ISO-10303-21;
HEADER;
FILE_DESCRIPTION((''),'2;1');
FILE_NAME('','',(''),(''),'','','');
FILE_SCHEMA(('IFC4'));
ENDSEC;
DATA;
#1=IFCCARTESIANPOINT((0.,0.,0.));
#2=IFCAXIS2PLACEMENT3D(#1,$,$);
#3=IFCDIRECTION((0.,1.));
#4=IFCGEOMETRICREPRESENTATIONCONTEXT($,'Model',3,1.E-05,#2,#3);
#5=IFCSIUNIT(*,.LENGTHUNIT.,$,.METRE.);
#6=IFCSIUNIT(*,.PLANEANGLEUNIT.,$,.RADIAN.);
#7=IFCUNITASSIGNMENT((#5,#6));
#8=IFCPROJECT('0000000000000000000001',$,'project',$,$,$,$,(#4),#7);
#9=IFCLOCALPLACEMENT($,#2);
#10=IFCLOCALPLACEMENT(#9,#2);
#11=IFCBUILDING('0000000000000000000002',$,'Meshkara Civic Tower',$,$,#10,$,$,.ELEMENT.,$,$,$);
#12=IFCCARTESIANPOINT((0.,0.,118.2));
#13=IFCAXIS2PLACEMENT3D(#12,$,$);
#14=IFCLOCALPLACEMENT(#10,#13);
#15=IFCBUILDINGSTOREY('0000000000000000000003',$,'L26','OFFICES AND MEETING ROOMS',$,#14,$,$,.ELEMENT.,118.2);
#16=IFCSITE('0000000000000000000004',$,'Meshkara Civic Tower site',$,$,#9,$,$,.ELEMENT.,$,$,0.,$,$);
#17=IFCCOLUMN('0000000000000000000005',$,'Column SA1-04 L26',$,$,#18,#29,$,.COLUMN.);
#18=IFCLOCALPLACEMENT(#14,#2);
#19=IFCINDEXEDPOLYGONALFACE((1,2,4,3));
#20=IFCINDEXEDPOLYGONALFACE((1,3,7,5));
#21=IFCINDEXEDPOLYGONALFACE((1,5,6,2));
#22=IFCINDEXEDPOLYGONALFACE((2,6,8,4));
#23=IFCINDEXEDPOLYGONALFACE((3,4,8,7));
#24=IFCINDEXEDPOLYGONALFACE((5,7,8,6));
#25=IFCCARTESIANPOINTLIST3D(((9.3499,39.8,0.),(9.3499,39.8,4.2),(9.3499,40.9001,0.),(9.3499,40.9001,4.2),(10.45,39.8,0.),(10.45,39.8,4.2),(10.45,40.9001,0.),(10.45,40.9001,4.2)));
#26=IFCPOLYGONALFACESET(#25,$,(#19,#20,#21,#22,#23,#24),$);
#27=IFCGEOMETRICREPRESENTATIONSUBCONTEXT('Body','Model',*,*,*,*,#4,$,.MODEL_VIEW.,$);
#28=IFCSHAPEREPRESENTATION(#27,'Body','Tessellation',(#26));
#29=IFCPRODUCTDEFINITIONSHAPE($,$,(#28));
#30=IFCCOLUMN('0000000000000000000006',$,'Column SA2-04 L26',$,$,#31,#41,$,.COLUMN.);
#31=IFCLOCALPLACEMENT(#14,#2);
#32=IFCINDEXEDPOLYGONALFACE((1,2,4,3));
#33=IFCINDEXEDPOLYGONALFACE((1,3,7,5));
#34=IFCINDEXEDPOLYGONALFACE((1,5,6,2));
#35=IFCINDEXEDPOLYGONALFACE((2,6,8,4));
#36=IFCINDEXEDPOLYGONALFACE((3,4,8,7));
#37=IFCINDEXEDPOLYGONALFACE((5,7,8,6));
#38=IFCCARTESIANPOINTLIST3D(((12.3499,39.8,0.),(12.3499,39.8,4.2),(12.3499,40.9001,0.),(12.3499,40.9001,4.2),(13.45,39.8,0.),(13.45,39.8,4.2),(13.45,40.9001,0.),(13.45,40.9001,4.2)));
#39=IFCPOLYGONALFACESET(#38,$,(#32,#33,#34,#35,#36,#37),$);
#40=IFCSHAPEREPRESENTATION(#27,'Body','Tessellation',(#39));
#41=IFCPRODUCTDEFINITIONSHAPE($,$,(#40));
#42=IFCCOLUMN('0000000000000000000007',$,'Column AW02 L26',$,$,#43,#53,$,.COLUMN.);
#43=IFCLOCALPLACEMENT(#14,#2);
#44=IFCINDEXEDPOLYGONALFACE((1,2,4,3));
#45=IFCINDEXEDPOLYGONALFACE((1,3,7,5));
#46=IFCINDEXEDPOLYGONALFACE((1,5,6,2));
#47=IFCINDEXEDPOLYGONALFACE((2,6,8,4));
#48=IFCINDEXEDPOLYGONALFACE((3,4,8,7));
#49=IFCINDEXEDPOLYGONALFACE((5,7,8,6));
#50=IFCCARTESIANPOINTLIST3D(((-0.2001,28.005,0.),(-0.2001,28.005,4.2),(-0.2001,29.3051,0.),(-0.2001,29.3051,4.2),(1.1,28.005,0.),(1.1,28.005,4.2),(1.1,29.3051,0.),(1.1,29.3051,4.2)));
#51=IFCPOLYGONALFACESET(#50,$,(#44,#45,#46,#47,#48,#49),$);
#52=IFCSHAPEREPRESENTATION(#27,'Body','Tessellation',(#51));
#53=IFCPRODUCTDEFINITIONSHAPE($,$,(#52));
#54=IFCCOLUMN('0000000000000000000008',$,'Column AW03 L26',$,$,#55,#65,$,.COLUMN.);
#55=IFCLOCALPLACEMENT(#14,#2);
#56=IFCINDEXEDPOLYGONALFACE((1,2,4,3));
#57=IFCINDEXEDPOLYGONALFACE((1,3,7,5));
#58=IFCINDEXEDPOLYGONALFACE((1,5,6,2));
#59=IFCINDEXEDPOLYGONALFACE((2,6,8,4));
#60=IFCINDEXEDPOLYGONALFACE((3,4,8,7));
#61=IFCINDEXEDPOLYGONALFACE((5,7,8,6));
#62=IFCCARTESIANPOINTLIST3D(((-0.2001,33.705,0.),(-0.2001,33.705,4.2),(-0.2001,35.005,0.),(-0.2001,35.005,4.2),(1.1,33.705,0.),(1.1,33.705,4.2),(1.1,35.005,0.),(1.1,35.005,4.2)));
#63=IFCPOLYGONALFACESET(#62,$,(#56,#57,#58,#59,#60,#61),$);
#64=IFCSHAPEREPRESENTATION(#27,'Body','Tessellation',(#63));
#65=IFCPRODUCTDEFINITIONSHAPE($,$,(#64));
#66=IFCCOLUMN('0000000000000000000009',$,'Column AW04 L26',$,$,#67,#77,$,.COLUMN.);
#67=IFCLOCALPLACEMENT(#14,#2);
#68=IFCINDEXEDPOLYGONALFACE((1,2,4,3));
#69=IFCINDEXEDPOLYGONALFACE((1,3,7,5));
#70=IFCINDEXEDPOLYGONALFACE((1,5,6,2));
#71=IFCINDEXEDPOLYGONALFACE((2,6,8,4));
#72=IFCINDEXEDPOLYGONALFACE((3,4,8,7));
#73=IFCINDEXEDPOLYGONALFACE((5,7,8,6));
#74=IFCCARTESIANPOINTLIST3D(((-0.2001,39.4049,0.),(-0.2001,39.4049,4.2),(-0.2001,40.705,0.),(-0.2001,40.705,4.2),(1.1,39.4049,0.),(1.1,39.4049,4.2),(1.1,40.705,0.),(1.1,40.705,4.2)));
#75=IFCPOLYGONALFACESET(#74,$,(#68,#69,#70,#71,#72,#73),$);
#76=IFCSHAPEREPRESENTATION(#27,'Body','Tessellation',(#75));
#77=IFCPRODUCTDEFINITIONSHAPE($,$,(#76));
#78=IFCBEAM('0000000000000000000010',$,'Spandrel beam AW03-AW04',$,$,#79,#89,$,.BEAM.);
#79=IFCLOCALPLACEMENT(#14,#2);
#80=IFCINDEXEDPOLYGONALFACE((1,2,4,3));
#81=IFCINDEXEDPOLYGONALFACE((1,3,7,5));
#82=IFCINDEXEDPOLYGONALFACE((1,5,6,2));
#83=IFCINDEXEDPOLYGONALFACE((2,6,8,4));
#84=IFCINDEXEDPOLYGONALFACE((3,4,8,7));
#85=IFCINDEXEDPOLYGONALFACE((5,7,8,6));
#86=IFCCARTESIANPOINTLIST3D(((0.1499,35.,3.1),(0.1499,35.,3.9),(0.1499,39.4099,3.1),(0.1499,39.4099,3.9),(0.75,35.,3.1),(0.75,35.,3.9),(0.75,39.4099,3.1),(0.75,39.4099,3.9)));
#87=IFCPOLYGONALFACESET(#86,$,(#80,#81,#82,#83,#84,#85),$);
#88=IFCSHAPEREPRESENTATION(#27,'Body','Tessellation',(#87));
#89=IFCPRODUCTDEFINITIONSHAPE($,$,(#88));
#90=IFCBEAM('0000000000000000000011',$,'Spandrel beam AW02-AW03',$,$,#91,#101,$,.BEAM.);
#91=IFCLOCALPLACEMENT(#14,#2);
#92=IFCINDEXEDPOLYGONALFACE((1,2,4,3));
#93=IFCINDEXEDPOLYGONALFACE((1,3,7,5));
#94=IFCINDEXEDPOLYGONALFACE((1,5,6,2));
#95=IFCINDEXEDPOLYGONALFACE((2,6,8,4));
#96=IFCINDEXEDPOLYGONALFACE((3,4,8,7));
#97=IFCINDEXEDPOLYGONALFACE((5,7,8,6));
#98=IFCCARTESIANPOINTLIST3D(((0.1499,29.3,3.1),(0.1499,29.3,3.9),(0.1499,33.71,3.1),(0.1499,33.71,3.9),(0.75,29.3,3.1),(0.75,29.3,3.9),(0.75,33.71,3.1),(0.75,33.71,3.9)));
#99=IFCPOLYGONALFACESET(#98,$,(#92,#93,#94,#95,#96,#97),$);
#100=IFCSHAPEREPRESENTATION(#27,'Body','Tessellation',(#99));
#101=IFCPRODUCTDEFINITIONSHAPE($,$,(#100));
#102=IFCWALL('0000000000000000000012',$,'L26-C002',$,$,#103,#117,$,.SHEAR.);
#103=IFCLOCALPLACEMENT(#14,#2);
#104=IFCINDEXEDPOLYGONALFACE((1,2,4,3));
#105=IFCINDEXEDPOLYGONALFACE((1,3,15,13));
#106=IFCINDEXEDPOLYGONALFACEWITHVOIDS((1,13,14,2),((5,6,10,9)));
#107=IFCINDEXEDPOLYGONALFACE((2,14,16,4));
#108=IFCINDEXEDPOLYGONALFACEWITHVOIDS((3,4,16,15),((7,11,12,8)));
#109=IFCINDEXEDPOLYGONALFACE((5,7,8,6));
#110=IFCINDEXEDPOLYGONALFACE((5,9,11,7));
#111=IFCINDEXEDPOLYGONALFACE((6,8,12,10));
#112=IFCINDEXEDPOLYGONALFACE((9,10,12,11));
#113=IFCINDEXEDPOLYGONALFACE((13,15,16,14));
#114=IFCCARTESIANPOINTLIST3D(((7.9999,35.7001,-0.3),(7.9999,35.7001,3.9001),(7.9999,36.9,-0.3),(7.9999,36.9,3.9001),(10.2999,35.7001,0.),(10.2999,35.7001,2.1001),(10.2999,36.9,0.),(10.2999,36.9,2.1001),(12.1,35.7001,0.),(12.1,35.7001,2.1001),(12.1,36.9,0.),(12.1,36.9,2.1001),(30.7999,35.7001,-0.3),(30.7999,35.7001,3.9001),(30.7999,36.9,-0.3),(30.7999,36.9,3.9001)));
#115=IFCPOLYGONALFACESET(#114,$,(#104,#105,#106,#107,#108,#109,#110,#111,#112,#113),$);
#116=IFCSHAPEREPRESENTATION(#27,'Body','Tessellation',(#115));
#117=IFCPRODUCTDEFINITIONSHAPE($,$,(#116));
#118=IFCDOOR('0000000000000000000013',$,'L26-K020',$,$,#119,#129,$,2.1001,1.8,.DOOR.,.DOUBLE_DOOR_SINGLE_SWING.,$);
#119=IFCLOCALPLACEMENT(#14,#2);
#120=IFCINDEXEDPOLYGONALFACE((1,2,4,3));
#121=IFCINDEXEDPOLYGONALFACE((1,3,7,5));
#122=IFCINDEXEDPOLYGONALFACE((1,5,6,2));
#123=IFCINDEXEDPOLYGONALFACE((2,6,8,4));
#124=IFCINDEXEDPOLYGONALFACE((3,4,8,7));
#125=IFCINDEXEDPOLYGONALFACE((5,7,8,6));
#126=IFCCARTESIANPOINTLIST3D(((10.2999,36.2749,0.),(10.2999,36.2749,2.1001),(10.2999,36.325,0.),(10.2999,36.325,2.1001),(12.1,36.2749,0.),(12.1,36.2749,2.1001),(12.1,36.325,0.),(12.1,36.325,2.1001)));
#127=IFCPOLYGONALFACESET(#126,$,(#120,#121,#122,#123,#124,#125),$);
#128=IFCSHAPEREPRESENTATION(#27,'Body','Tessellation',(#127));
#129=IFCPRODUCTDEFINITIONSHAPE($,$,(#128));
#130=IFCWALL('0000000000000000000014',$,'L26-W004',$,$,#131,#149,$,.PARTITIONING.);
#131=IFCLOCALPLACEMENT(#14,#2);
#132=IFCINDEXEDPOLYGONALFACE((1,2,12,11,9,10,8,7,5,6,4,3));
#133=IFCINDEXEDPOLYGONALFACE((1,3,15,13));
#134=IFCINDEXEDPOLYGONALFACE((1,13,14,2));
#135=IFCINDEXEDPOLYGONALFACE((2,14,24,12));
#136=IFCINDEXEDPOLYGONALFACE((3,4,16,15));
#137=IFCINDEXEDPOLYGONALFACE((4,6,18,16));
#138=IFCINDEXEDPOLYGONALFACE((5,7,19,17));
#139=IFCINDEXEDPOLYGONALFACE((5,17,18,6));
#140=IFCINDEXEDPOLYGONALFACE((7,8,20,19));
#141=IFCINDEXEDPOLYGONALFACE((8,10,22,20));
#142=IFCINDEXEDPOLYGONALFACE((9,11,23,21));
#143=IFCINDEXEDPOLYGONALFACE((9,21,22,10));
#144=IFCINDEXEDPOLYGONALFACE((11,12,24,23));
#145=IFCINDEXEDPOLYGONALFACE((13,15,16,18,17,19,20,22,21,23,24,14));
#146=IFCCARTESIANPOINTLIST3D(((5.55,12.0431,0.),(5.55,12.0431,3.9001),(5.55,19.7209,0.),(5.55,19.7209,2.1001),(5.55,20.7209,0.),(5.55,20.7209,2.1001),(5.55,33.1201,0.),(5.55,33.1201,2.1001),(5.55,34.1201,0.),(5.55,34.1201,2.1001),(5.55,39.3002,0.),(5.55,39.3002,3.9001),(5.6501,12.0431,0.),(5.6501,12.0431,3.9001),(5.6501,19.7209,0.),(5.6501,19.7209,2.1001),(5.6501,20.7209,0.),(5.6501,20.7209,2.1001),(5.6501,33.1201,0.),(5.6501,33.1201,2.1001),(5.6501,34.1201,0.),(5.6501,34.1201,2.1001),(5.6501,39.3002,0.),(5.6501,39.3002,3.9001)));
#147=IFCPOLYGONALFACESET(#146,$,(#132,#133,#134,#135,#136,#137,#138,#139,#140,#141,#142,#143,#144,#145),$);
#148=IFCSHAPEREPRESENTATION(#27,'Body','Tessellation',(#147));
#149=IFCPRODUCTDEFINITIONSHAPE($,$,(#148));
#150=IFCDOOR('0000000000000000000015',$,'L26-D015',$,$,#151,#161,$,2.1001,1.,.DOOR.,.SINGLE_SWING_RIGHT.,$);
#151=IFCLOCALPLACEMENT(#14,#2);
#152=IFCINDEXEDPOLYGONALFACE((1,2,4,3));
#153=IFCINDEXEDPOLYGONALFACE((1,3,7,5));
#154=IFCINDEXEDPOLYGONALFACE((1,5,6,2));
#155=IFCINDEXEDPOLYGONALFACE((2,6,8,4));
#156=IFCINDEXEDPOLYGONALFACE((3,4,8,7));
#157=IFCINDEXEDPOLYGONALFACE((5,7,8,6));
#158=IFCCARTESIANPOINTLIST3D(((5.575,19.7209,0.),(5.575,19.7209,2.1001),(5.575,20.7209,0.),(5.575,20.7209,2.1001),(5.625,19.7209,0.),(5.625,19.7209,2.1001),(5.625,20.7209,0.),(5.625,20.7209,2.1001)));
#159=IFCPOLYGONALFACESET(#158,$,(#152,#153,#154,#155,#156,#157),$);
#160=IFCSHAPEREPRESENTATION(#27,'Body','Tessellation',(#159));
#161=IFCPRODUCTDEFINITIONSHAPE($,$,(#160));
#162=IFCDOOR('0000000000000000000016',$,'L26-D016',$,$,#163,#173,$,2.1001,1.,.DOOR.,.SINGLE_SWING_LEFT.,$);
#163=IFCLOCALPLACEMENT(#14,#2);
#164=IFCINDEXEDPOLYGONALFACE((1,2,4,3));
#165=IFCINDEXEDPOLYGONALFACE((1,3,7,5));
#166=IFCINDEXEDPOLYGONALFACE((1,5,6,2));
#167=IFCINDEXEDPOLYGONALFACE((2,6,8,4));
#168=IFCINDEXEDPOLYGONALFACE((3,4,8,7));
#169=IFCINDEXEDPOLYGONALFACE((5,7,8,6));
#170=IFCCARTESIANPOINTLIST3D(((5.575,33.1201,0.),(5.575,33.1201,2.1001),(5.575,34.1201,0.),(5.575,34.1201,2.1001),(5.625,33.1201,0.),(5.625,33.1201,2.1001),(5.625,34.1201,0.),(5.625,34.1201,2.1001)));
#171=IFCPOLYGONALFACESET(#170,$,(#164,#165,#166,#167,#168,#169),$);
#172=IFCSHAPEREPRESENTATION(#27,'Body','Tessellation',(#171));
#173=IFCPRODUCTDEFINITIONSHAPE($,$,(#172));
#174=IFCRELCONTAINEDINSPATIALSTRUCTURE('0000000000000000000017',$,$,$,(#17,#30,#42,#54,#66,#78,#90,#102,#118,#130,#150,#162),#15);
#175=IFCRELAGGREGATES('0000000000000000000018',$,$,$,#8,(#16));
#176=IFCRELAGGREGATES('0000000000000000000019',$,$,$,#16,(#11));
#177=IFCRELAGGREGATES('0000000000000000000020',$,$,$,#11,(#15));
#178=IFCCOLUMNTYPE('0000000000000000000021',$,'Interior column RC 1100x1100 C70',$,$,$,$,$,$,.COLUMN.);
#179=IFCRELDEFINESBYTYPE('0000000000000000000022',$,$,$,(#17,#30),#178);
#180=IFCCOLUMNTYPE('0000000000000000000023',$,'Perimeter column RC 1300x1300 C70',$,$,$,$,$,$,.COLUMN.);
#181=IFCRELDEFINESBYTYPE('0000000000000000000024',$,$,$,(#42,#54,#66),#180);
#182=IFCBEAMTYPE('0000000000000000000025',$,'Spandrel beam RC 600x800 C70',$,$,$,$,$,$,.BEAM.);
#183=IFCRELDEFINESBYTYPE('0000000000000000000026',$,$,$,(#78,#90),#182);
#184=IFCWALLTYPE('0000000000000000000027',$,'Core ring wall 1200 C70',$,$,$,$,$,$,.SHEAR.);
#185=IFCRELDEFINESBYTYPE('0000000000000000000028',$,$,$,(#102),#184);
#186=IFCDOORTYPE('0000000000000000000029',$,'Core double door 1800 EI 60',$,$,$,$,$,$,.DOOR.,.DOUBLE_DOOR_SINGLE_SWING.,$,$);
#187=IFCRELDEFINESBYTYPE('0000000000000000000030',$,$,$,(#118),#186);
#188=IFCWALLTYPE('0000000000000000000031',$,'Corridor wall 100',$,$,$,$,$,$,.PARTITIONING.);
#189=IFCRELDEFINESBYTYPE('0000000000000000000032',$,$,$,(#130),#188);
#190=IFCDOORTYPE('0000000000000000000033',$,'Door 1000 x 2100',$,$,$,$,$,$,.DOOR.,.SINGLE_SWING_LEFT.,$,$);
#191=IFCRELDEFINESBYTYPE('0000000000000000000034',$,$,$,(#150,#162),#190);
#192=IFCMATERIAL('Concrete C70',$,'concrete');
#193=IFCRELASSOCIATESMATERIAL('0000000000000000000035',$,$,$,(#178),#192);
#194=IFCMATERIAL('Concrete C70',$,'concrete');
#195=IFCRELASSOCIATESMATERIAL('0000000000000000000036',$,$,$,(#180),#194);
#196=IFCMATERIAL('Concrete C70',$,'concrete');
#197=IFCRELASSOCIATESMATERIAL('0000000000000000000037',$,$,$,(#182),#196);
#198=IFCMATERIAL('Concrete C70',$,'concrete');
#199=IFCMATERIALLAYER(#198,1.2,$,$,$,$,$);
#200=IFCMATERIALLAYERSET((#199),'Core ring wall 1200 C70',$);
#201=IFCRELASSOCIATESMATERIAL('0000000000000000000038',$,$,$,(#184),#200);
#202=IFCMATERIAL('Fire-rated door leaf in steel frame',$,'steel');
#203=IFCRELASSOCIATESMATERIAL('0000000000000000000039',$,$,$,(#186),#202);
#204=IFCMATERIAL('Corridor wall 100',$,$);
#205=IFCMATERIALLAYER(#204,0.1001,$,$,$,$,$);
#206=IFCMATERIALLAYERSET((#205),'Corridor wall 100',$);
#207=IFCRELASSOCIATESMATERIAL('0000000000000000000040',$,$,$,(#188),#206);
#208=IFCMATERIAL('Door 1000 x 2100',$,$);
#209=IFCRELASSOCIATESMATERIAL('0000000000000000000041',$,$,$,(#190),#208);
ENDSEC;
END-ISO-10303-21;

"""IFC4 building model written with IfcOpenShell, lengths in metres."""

from ifc_helpers import new_model, si_unit, direction, frame, frame_2d, origin, origin_2d, place, context, subcontext, project, spatial, rectangle, extrude, material, layer, layer_set, material_profile, profile_set, type_object, element, fill, save


model = new_model("IFC4")

# Units and contexts
model_context = context("Model", 3, precision=1e-05, world=origin(), true_north=direction((0.0, 1.0)))
body_context = subcontext(model_context, "Body", "Model", "MODEL_VIEW")
ifc_project = project(units=[si_unit("LENGTHUNIT", "METRE"), si_unit("PLANEANGLEUNIT", "RADIAN")], contexts=[model_context])

# Site, building, storey
site_placement = place(None, origin())
site = spatial("IfcSite", under=ifc_project, at=site_placement, Name="Meshkara Civic Tower site", CompositionType="ELEMENT", RefElevation=0.0)
building_placement = place(site_placement, origin())
building = spatial("IfcBuilding", under=site, at=building_placement, Name="Meshkara Civic Tower", CompositionType="ELEMENT")
storey_placement = place(building_placement, frame((0.0, 0.0, 118.2)))
storey = spatial("IfcBuildingStorey", under=building, at=storey_placement, Name="L26", Description="OFFICES AND MEETING ROOMS", CompositionType="ELEMENT", Elevation=118.2)

# Columns
ifc_material_1 = material(Name="Concrete C70", Category="concrete")
ifc_material_profile_1 = material_profile(ifc_material_1, rectangle(XDim=1.1001, YDim=1.1001, at=origin_2d()))
ifc_profile_set_1 = profile_set([ifc_material_profile_1], Name="Concrete C70")
column_type_1 = type_object("IfcColumnType", Name="Interior column RC 1100x1100 C70", PredefinedType="COLUMN", material=ifc_profile_set_1)
for number, where, z_axis, x_axis, name in (
    (1, (9.8999, 40.3501, 0.0), (0.0, 0.0, 1.0), (1.0, 0.0, 0.0), "Column SA1-04 L26"),
    (2, (12.8999, 40.3501, 0.0), (0.0, 0.0, 1.0), (1.0, 0.0, 0.0), "Column SA2-04 L26"),
):
    element("IfcColumn", number, at=place(storey_placement, frame(where, z_axis=z_axis, x_axis=x_axis)), inside=storey, type_object=column_type_1, Name=name, PredefinedType="COLUMN", context=body_context, shape_type="SweptSolid", body=[
        extrude(rectangle(XDim=1.1001, YDim=1.1001, at=origin_2d()), origin(), (0.0, 0.0, 1.0), 4.2),
    ])
ifc_material_2 = material(Name="Concrete C70", Category="concrete")
ifc_material_profile_2 = material_profile(ifc_material_2, rectangle(XDim=1.3, YDim=1.3, at=origin_2d()))
ifc_profile_set_2 = profile_set([ifc_material_profile_2], Name="Concrete C70")
column_type_2 = type_object("IfcColumnType", Name="Perimeter column RC 1300x1300 C70", PredefinedType="COLUMN", material=ifc_profile_set_2)
for number, where, z_axis, x_axis, name in (
    (3, (0.45, 28.655, 0.0), (0.0, 0.0, 1.0), (1.0, 0.0, 0.0), "Column AW02 L26"),
    (4, (0.45, 34.355, 0.0), (0.0, 0.0, 1.0), (1.0, 0.0, 0.0), "Column AW03 L26"),
    (5, (0.45, 40.0549, 0.0), (0.0, 0.0, 1.0), (1.0, 0.0, 0.0), "Column AW04 L26"),
):
    element("IfcColumn", number, at=place(storey_placement, frame(where, z_axis=z_axis, x_axis=x_axis)), inside=storey, type_object=column_type_2, Name=name, PredefinedType="COLUMN", context=body_context, shape_type="SweptSolid", body=[
        extrude(rectangle(XDim=1.3, YDim=1.3, at=origin_2d()), origin(), (0.0, 0.0, 1.0), 4.2),
    ])

# Beams
ifc_material_3 = material(Name="Concrete C70", Category="concrete")
ifc_material_profile_3 = material_profile(ifc_material_3, rectangle(XDim=0.6001, YDim=0.8, at=origin_2d()))
ifc_profile_set_3 = profile_set([ifc_material_profile_3], Name="Concrete C70")
beam_type = type_object("IfcBeamType", Name="Spandrel beam RC 600x800 C70", PredefinedType="BEAM", material=ifc_profile_set_3)
for number, where, z_axis, x_axis, name in (
    (6, (0.45, 39.4099, 3.5), (0.0, -1.0, 0.0), (1.0, 0.0, 0.0), "Spandrel beam AW03-AW04"),
    (7, (0.45, 33.71, 3.5), (0.0, -1.0, 0.0), (1.0, 0.0, 0.0), "Spandrel beam AW02-AW03"),
):
    element("IfcBeam", number, at=place(storey_placement, frame(where, z_axis=z_axis, x_axis=x_axis)), inside=storey, type_object=beam_type, Name=name, PredefinedType="BEAM", context=body_context, shape_type="SweptSolid", body=[
        extrude(rectangle(XDim=0.6001, YDim=0.8, at=origin_2d()), origin(), (0.0, 0.0, 1.0), 4.4099),
    ])

# Wall, opening, door
ifc_material_4 = material(Name="Concrete C70", Category="concrete")
ifc_layer_1 = layer(ifc_material_4, 1.2)
ifc_layer_set_1 = layer_set([ifc_layer_1], Name="Core ring wall 1200 C70")
wall_type_1 = type_object("IfcWallType", Name="Core ring wall 1200 C70", PredefinedType="SHEAR", material=ifc_layer_set_1)
wall_1_placement = place(storey_placement, frame((8.0, 36.3, -0.3), z_axis=(0.0, 0.0, 1.0), x_axis=(1.0, 0.0, 0.0)))
wall_1 = element("IfcWall", 8, at=wall_1_placement, inside=storey, type_object=wall_type_1, Name="L26-C002", PredefinedType="SHEAR", context=body_context, shape_type="SweptSolid", body=[
    extrude(rectangle(XDim=22.8, YDim=1.2, at=frame_2d((11.3999, 0.0))), origin(), (0.0, 0.0, 1.0), 4.2002),
])
opening_1_placement = place(wall_1_placement, frame((2.3, 0.0, 0.3)))
opening_1 = element("IfcOpeningElement", 9, at=opening_1_placement, cuts=wall_1, PredefinedType="OPENING", context=body_context, shape_type="SweptSolid", body=[
    extrude(rectangle(XDim=1.8, YDim=2.1001, at=frame_2d((0.8999, 1.05))), frame((0.0, 0.6099, 0.0), z_axis=(0.0, -1.0, 0.0), x_axis=(1.0, 0.0, 0.0)), (0.0, 0.0, 1.0), 1.22),
])
ifc_material_5 = material(Name="Fire-rated door leaf in steel frame", Category="steel")
door_type_1 = type_object("IfcDoorType", Name="Core double door 1800 EI 60", OperationType="DOUBLE_DOOR_SINGLE_SWING", PredefinedType="DOOR", material=ifc_material_5)
door_1_placement = place(opening_1_placement, origin())
door_1 = element("IfcDoor", 10, at=door_1_placement, inside=storey, type_object=door_type_1, Name="L26-K020", OperationType="DOUBLE_DOOR_SINGLE_SWING", OverallHeight=2.1001, OverallWidth=1.8, PredefinedType="DOOR", context=body_context, shape_type="SweptSolid", body=[
    extrude(rectangle(XDim=1.8, YDim=2.1001, at=frame_2d((0.8999, 1.05))), frame((0.0, 0.0249, 0.0), z_axis=(0.0, -1.0, 0.0), x_axis=(1.0, 0.0, 0.0)), (0.0, 0.0, 1.0), 0.05),
])
fill(opening_1, door_1)

# Wall, openings, doors
ifc_material_6 = material(Name="Corridor wall 100")
ifc_layer_2 = layer(ifc_material_6, 0.1001)
ifc_layer_set_2 = layer_set([ifc_layer_2], Name="Corridor wall 100")
wall_type_2 = type_object("IfcWallType", Name="Corridor wall 100", PredefinedType="PARTITIONING", material=ifc_layer_set_2)
wall_2_placement = place(storey_placement, frame((5.6001, 39.3, 0.0), z_axis=(0.0, 0.0, 1.0), x_axis=(0.0, -1.0, 0.0)))
wall_2 = element("IfcWall", 11, at=wall_2_placement, inside=storey, type_object=wall_type_2, Name="L26-W004", PredefinedType="PARTITIONING", context=body_context, shape_type="SweptSolid", body=[
    extrude(rectangle(XDim=27.2571, YDim=0.1001, at=frame_2d((13.6284, 0.0))), origin(), (0.0, 0.0, 1.0), 3.9001),
])
opening_2_placement = place(wall_2_placement, frame((18.5791, 0.0, 0.0)))
opening_2 = element("IfcOpeningElement", 12, at=opening_2_placement, cuts=wall_2, PredefinedType="OPENING", context=body_context, shape_type="SweptSolid", body=[
    extrude(rectangle(XDim=1.0, YDim=2.1001, at=frame_2d((0.5, 1.05))), frame((0.0, 0.0601, 0.0), z_axis=(0.0, -1.0, 0.0), x_axis=(1.0, 0.0, 0.0)), (0.0, 0.0, 1.0), 0.1201),
])
opening_3_placement = place(wall_2_placement, frame((5.1799, 0.0, 0.0)))
opening_3 = element("IfcOpeningElement", 13, at=opening_3_placement, cuts=wall_2, PredefinedType="OPENING", context=body_context, shape_type="SweptSolid", body=[
    extrude(rectangle(XDim=1.0, YDim=2.1001, at=frame_2d((0.5, 1.05))), frame((0.0, 0.0601, 0.0), z_axis=(0.0, -1.0, 0.0), x_axis=(1.0, 0.0, 0.0)), (0.0, 0.0, 1.0), 0.1201),
])
ifc_material_7 = material(Name="Door 1000 x 2100")
door_type_2 = type_object("IfcDoorType", Name="Door 1000 x 2100", OperationType="SINGLE_SWING_LEFT", PredefinedType="DOOR", material=ifc_material_7)
door_2_placement = place(opening_2_placement, origin())
door_2 = element("IfcDoor", 14, at=door_2_placement, inside=storey, type_object=door_type_2, Name="L26-D015", OperationType="SINGLE_SWING_RIGHT", OverallHeight=2.1001, OverallWidth=1.0, PredefinedType="DOOR", context=body_context, shape_type="SweptSolid", body=[
    extrude(rectangle(XDim=1.0, YDim=2.1001, at=frame_2d((0.5, 1.05))), frame((0.0, 0.0249, 0.0), z_axis=(0.0, -1.0, 0.0), x_axis=(1.0, 0.0, 0.0)), (0.0, 0.0, 1.0), 0.05),
])
fill(opening_2, door_2)
door_3_placement = place(opening_3_placement, origin())
door_3 = element("IfcDoor", 15, at=door_3_placement, inside=storey, type_object=door_type_2, Name="L26-D016", OperationType="SINGLE_SWING_LEFT", OverallHeight=2.1001, OverallWidth=1.0, PredefinedType="DOOR", context=body_context, shape_type="SweptSolid", body=[
    extrude(rectangle(XDim=1.0, YDim=2.1001, at=frame_2d((0.5, 1.05))), frame((0.0, 0.0249, 0.0), z_axis=(0.0, -1.0, 0.0), x_axis=(1.0, 0.0, 0.0)), (0.0, 0.0, 1.0), 0.05),
])
fill(opening_3, door_3)

save(model, "model.ifc")
